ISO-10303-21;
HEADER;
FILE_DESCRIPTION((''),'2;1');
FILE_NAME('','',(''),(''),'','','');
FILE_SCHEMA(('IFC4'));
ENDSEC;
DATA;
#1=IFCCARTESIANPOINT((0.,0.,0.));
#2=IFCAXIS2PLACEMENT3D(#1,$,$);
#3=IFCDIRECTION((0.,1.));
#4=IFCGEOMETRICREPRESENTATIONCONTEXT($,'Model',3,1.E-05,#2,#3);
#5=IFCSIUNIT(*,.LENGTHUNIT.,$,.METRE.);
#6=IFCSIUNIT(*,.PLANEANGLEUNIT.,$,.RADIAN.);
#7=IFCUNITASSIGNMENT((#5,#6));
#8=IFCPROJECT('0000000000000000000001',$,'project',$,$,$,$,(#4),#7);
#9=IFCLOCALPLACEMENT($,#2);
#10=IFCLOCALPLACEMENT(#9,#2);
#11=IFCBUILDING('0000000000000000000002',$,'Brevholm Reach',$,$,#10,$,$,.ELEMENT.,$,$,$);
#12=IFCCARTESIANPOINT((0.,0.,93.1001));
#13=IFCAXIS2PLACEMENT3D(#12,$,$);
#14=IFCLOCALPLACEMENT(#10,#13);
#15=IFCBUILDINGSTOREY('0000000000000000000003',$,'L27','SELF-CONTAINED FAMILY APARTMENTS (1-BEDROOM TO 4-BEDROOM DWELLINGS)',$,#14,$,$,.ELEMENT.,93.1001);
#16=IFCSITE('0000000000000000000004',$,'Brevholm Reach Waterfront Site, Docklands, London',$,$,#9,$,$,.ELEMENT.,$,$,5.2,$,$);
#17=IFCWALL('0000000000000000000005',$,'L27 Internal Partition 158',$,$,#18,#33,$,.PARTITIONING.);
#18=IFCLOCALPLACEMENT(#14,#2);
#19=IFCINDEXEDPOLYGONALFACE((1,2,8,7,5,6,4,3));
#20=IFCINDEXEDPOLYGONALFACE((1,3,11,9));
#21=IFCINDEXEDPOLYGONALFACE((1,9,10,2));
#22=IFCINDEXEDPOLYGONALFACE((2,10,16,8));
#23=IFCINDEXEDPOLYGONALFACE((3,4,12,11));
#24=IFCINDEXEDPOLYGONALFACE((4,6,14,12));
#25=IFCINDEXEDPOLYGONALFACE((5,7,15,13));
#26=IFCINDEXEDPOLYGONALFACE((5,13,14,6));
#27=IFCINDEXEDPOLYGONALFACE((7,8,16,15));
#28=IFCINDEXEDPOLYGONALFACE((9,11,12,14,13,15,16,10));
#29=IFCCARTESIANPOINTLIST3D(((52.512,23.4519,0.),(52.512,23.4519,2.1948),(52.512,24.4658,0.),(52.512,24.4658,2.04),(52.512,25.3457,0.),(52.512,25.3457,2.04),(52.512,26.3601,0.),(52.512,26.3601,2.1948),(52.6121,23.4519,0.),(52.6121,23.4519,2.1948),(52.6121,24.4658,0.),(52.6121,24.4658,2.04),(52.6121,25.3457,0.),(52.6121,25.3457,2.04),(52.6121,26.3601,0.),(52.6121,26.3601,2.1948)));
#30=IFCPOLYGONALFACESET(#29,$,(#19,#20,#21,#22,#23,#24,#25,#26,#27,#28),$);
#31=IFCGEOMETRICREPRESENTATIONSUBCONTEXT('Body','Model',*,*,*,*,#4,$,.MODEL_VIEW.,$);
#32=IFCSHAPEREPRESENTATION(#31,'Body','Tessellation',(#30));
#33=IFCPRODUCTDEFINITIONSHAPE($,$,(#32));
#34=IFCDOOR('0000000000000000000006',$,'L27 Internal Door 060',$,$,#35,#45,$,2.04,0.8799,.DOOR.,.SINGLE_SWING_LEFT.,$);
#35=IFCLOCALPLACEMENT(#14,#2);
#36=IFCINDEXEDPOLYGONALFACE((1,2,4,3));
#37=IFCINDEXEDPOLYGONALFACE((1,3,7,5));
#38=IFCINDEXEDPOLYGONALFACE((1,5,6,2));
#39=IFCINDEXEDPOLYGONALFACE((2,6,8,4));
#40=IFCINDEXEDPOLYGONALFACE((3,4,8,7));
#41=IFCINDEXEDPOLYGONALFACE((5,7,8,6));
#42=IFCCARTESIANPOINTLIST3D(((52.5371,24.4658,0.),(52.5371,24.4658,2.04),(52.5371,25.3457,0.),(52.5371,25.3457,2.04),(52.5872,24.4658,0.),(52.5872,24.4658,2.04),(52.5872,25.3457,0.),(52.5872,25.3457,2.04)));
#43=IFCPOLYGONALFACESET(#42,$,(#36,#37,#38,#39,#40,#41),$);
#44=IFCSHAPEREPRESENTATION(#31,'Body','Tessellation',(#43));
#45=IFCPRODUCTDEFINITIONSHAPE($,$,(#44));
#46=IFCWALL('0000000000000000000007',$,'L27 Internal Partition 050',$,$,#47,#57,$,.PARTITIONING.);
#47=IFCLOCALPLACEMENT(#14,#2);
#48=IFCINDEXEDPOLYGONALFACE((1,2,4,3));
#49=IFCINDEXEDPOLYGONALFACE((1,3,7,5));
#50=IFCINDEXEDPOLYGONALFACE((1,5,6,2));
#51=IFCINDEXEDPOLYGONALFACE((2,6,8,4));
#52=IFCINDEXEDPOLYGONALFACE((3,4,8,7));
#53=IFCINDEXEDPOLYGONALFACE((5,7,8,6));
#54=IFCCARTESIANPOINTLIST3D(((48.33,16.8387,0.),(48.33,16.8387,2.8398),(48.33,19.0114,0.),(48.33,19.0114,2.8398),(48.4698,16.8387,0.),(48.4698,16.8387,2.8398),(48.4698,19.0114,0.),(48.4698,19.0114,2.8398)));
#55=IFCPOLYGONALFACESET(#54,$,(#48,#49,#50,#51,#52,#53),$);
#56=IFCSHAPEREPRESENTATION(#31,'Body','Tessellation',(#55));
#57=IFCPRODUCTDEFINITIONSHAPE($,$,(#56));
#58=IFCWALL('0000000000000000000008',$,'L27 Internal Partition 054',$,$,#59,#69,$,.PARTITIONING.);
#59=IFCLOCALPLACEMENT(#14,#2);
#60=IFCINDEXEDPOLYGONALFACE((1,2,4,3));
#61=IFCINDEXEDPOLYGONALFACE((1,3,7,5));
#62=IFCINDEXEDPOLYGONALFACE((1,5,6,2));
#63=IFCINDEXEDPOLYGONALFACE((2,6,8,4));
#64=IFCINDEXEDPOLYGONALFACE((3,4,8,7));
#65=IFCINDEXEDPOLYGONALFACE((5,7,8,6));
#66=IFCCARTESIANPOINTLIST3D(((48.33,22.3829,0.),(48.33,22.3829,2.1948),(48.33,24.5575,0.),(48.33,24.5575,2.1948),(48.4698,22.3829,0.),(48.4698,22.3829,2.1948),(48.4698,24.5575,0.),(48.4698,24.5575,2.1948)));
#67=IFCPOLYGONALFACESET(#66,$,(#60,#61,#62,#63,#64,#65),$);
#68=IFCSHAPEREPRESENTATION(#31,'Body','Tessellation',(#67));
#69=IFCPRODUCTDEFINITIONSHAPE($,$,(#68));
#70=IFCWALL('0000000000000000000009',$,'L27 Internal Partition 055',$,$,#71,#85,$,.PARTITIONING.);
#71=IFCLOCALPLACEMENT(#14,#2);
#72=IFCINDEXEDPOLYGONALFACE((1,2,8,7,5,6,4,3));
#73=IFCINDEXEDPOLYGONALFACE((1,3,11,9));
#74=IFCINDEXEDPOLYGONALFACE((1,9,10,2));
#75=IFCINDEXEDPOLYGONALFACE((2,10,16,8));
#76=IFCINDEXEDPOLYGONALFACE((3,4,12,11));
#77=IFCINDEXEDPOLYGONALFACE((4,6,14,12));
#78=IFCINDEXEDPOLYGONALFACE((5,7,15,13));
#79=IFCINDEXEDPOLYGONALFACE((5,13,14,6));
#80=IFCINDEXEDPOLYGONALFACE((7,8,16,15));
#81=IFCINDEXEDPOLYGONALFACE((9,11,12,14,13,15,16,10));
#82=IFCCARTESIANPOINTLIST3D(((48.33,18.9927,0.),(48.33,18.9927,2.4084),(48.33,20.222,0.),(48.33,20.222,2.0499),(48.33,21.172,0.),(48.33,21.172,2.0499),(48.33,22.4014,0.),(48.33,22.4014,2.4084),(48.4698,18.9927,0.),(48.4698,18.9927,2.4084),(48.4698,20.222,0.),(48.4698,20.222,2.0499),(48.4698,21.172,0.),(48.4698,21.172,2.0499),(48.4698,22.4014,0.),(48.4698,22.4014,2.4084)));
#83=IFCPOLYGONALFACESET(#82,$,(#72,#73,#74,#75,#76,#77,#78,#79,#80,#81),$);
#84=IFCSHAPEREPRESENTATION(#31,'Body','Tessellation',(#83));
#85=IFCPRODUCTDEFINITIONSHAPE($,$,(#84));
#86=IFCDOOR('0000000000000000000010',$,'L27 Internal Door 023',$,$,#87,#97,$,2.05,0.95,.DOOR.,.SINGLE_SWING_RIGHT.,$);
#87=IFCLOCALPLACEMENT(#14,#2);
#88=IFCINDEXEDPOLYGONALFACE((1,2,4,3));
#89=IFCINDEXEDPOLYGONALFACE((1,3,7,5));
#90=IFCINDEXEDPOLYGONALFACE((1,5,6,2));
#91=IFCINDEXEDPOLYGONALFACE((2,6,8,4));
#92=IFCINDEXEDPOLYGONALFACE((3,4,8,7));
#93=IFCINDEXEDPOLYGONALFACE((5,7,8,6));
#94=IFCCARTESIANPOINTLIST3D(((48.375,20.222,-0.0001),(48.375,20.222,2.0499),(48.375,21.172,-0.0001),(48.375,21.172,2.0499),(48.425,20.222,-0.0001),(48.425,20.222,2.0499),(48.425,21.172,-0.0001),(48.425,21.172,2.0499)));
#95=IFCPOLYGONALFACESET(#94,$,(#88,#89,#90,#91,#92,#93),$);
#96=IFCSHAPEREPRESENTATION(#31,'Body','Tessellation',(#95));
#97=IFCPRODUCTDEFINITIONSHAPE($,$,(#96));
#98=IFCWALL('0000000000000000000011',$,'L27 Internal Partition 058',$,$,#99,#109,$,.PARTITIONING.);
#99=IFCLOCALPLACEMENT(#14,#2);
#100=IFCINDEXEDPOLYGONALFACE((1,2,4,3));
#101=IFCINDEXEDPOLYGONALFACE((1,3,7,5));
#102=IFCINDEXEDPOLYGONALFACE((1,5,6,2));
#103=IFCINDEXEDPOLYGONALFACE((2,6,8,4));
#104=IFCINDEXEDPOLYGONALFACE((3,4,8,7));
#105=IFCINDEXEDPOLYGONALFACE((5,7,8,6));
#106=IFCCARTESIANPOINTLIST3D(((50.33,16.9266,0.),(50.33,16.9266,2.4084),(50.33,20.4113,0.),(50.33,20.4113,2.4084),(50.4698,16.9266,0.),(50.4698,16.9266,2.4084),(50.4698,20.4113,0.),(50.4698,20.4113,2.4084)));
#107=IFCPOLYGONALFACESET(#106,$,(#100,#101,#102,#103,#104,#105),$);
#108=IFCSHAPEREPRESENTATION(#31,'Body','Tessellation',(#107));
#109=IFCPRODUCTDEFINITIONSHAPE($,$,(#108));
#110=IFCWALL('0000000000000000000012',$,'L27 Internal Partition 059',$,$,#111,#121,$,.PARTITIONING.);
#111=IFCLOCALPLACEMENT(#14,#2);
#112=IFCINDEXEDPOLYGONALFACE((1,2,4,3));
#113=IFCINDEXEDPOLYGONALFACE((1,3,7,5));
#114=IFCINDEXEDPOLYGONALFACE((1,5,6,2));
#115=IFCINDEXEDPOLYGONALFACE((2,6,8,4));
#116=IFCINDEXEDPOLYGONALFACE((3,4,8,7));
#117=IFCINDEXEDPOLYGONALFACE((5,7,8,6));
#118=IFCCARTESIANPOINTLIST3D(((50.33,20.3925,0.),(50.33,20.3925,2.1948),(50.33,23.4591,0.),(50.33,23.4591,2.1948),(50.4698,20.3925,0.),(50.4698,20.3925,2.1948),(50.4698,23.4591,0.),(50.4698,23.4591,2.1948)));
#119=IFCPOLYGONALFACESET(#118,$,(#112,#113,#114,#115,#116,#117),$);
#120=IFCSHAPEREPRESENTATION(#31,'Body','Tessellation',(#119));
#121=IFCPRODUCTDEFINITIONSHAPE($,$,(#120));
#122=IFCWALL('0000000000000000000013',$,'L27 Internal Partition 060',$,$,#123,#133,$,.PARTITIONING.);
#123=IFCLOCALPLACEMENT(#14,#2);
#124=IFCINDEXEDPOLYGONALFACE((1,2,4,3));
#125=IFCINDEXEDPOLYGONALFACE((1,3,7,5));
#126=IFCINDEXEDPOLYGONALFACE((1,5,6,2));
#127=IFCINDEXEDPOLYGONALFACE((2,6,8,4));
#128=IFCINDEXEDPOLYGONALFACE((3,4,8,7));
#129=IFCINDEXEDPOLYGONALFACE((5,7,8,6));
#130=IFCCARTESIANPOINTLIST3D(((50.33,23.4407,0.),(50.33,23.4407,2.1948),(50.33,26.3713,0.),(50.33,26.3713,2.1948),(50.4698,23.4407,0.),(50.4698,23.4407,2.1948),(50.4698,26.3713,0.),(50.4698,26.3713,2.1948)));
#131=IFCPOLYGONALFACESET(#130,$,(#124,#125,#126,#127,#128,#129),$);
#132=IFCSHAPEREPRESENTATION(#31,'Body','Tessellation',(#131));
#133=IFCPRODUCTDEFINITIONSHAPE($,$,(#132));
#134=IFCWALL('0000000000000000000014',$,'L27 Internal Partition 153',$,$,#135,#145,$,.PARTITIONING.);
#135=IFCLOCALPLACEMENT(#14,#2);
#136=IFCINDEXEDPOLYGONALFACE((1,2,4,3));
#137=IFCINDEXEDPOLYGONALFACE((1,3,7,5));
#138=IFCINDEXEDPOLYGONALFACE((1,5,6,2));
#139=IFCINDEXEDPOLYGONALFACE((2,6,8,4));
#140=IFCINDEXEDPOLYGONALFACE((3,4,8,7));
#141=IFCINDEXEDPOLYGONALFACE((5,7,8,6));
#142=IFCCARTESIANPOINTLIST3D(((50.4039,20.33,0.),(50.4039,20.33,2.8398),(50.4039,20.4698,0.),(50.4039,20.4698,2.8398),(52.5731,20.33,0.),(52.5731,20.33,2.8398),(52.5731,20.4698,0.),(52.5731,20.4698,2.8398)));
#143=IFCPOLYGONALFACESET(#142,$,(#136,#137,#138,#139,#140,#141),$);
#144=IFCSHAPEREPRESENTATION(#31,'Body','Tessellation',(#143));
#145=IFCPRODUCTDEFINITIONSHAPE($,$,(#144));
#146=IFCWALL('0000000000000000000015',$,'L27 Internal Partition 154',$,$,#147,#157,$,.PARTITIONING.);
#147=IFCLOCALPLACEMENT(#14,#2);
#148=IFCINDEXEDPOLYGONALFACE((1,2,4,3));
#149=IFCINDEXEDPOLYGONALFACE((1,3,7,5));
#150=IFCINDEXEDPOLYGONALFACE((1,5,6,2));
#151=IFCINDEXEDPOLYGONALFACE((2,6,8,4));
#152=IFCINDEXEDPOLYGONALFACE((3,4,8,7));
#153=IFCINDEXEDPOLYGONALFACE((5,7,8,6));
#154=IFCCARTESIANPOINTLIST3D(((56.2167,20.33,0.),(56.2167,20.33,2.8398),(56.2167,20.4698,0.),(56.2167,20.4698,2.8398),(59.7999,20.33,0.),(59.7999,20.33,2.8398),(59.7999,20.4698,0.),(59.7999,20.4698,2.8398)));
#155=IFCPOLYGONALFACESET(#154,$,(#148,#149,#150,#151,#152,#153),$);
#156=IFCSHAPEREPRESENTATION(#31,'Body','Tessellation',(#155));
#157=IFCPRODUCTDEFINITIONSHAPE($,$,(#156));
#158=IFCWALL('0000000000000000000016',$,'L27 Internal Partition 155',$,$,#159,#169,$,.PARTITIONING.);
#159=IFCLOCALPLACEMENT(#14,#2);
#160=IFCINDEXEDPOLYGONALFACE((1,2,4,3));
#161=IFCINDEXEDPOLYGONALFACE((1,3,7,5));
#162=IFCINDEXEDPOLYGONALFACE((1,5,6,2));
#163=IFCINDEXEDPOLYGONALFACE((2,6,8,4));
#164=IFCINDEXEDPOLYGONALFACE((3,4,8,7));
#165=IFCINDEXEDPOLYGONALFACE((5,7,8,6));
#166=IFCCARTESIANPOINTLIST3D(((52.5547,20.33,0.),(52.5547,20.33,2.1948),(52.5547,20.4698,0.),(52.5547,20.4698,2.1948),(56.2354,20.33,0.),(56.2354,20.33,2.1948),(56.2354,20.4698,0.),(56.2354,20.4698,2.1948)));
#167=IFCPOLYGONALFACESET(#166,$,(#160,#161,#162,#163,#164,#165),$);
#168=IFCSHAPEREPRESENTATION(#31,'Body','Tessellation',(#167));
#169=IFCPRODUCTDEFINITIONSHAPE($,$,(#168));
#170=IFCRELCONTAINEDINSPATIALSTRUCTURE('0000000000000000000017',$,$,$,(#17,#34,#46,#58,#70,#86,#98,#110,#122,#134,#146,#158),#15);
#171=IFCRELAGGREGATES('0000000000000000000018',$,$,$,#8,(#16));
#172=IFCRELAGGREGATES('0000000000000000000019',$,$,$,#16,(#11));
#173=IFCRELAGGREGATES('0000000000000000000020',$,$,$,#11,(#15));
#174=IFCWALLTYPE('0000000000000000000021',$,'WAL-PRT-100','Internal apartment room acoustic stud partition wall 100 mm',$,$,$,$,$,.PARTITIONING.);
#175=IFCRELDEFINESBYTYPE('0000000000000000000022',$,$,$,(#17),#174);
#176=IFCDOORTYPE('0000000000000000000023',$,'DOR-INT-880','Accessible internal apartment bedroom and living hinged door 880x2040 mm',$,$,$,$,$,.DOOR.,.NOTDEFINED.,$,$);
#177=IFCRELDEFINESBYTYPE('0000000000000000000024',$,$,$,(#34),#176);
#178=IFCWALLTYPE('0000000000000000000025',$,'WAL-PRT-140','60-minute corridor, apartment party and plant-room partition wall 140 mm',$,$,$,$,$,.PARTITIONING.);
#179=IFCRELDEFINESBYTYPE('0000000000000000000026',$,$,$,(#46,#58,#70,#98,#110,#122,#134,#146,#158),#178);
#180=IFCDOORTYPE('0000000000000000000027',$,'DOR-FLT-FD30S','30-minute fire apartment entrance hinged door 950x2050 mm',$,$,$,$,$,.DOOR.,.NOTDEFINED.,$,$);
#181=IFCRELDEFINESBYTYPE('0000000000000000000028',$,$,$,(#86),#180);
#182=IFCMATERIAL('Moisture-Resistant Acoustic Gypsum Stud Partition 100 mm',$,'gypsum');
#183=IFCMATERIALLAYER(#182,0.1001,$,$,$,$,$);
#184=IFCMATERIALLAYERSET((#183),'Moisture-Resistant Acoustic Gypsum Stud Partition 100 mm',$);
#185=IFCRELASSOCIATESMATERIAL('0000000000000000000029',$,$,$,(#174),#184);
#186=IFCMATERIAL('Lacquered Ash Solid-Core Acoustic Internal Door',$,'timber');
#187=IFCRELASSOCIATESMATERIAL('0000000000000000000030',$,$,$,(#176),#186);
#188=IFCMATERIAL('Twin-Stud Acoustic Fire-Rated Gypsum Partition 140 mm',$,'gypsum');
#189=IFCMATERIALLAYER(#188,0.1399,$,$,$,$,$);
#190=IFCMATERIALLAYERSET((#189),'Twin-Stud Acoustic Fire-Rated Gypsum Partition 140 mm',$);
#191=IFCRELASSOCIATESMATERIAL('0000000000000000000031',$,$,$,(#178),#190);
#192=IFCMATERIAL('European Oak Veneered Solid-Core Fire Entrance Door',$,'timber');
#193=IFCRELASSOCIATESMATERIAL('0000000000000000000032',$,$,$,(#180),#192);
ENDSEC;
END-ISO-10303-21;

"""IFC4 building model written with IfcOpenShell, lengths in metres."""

from ifc_helpers import new_model, si_unit, direction, frame, frame_2d, origin, place, context, subcontext, project, spatial, rectangle, extrude, material, layer, layer_set, type_object, element, fill, save


model = new_model("IFC4")

# Units and contexts
model_context = context("Model", 3, precision=1e-05, world=origin(), true_north=direction((0.0, 1.0)))
body_context = subcontext(model_context, "Body", "Model", "MODEL_VIEW")
ifc_project = project(units=[si_unit("LENGTHUNIT", "METRE"), si_unit("PLANEANGLEUNIT", "RADIAN")], contexts=[model_context])

# Site, building, storey
site_placement = place(None, origin())
site = spatial("IfcSite", under=ifc_project, at=site_placement, Name="Brevholm Reach Waterfront Site, Docklands, London", CompositionType="ELEMENT", RefElevation=5.2)
building_placement = place(site_placement, origin())
building = spatial("IfcBuilding", under=site, at=building_placement, Name="Brevholm Reach", CompositionType="ELEMENT")
storey_placement = place(building_placement, frame((0.0, 0.0, 93.1001)))
storey = spatial("IfcBuildingStorey", under=building, at=storey_placement, Name="L27", Description="SELF-CONTAINED FAMILY APARTMENTS (1-BEDROOM TO 4-BEDROOM DWELLINGS)", CompositionType="ELEMENT", Elevation=93.1001)

# Shared definitions
ifc_material_1 = material(Name="Moisture-Resistant Acoustic Gypsum Stud Partition 100 mm", Category="gypsum")
ifc_layer_1 = layer(ifc_material_1, 0.1001)
ifc_layer_set_1 = layer_set([ifc_layer_1], Name="Moisture-Resistant Acoustic Gypsum Stud Partition 100 mm")
wall_type_1 = type_object("IfcWallType", Name="WAL-PRT-100", Description="Internal apartment room acoustic stud partition wall 100 mm", PredefinedType="PARTITIONING", material=ifc_layer_set_1)

# Shared definitions
ifc_material_2 = material(Name="Lacquered Ash Solid-Core Acoustic Internal Door", Category="timber")
door_type_1 = type_object("IfcDoorType", Name="DOR-INT-880", Description="Accessible internal apartment bedroom and living hinged door 880x2040 mm", OperationType="NOTDEFINED", PredefinedType="DOOR", material=ifc_material_2)

# Wall, opening, door
wall_1_placement = place(storey_placement, frame((52.562, 23.4519, 0.0), z_axis=(0.0, 0.0, 1.0), x_axis=(0.0, 1.0, 0.0)))
wall_1 = element("IfcWall", 1, at=wall_1_placement, inside=storey, type_object=wall_type_1, Name="L27 Internal Partition 158", PredefinedType="PARTITIONING", context=body_context, shape_type="SweptSolid", body=[
    extrude(rectangle(XDim=2.9082, YDim=0.1001, at=frame_2d((1.4541, 0.0))), origin(), (0.0, 0.0, 1.0), 2.1948),
])
opening_1_placement = place(wall_1_placement, frame((1.0139, 0.0, 0.0)))
opening_1 = element("IfcOpeningElement", 2, at=opening_1_placement, cuts=wall_1, PredefinedType="OPENING", context=body_context, shape_type="SweptSolid", body=[
    extrude(rectangle(XDim=0.8799, YDim=2.04, at=frame_2d((0.4399, 1.02))), frame((0.0, 0.0601, 0.0), z_axis=(0.0, -1.0, 0.0), x_axis=(1.0, 0.0, 0.0)), (0.0, 0.0, 1.0), 0.1201),
])
door_1_placement = place(opening_1_placement, origin())
door_1 = element("IfcDoor", 3, at=door_1_placement, inside=storey, type_object=door_type_1, Name="L27 Internal Door 060", OperationType="SINGLE_SWING_LEFT", OverallHeight=2.04, OverallWidth=0.8799, PredefinedType="DOOR", context=body_context, shape_type="SweptSolid", body=[
    extrude(rectangle(XDim=0.8799, YDim=2.04, at=frame_2d((0.4399, 1.02))), frame((0.0, 0.0249, 0.0), z_axis=(0.0, -1.0, 0.0), x_axis=(1.0, 0.0, 0.0)), (0.0, 0.0, 1.0), 0.05),
])
fill(opening_1, door_1)

# Walls
ifc_material_3 = material(Name="Twin-Stud Acoustic Fire-Rated Gypsum Partition 140 mm", Category="gypsum")
ifc_layer_2 = layer(ifc_material_3, 0.1399)
ifc_layer_set_2 = layer_set([ifc_layer_2], Name="Twin-Stud Acoustic Fire-Rated Gypsum Partition 140 mm")
wall_type_2 = type_object("IfcWallType", Name="WAL-PRT-140", Description="60-minute corridor, apartment party and plant-room partition wall 140 mm", PredefinedType="PARTITIONING", material=ifc_layer_set_2)
wall_2_placement = place(storey_placement, frame((48.3999, 16.8386, 0.0), z_axis=(0.0, 0.0, 1.0), x_axis=(0.0, 1.0, 0.0)))
element("IfcWall", 4, at=wall_2_placement, inside=storey, type_object=wall_type_2, Name="L27 Internal Partition 050", PredefinedType="PARTITIONING", context=body_context, shape_type="SweptSolid", body=[
    extrude(rectangle(XDim=2.1726, YDim=0.1399, at=frame_2d((1.0864, 0.0))), origin(), (0.0, 0.0, 1.0), 2.8398),
])
wall_3_placement = place(storey_placement, frame((48.3999, 22.3828, 0.0), z_axis=(0.0, 0.0, 1.0), x_axis=(0.0, 1.0, 0.0)))
element("IfcWall", 5, at=wall_3_placement, inside=storey, type_object=wall_type_2, Name="L27 Internal Partition 054", PredefinedType="PARTITIONING", context=body_context, shape_type="SweptSolid", body=[
    extrude(rectangle(XDim=2.1746, YDim=0.1399, at=frame_2d((1.0874, 0.0))), origin(), (0.0, 0.0, 1.0), 2.1948),
])

# Wall, opening, door
wall_4_placement = place(storey_placement, frame((48.3999, 18.9927, 0.0), z_axis=(0.0, 0.0, 1.0), x_axis=(0.0, 1.0, 0.0)))
wall_4 = element("IfcWall", 6, at=wall_4_placement, inside=storey, type_object=wall_type_2, Name="L27 Internal Partition 055", PredefinedType="PARTITIONING", context=body_context, shape_type="SweptSolid", body=[
    extrude(rectangle(XDim=3.4087, YDim=0.1399, at=frame_2d((1.7043, 0.0))), origin(), (0.0, 0.0, 1.0), 2.4084),
])
opening_2_placement = place(wall_4_placement, frame((1.2292, 0.0, 0.0)))
opening_2 = element("IfcOpeningElement", 7, at=opening_2_placement, cuts=wall_4, PredefinedType="OPENING", context=body_context, shape_type="SweptSolid", body=[
    extrude(rectangle(XDim=0.95, YDim=2.05, at=frame_2d((0.4751, 1.0249))), frame((0.0, 0.0798, 0.0), z_axis=(0.0, -1.0, 0.0), x_axis=(1.0, 0.0, 0.0)), (0.0, 0.0, 1.0), 0.1599),
])
ifc_material_4 = material(Name="European Oak Veneered Solid-Core Fire Entrance Door", Category="timber")
door_type_2 = type_object("IfcDoorType", Name="DOR-FLT-FD30S", Description="30-minute fire apartment entrance hinged door 950x2050 mm", OperationType="NOTDEFINED", PredefinedType="DOOR", material=ifc_material_4)
door_2_placement = place(opening_2_placement, origin())
door_2 = element("IfcDoor", 8, at=door_2_placement, inside=storey, type_object=door_type_2, Name="L27 Internal Door 023", OperationType="SINGLE_SWING_RIGHT", OverallHeight=2.05, OverallWidth=0.95, PredefinedType="DOOR", context=body_context, shape_type="SweptSolid", body=[
    extrude(rectangle(XDim=0.95, YDim=2.05, at=frame_2d((0.4751, 1.0249))), frame((0.0, 0.0249, 0.0), z_axis=(0.0, -1.0, 0.0), x_axis=(1.0, 0.0, 0.0)), (0.0, 0.0, 1.0), 0.05),
])
fill(opening_2, door_2)

# Walls
wall_5_placement = place(storey_placement, frame((50.3999, 16.9268, 0.0), z_axis=(0.0, 0.0, 1.0), x_axis=(0.0, 1.0, 0.0)))
element("IfcWall", 9, at=wall_5_placement, inside=storey, type_object=wall_type_2, Name="L27 Internal Partition 058", PredefinedType="PARTITIONING", context=body_context, shape_type="SweptSolid", body=[
    extrude(rectangle(XDim=3.4846, YDim=0.1399, at=frame_2d((1.7422, 0.0))), origin(), (0.0, 0.0, 1.0), 2.4084),
])
wall_6_placement = place(storey_placement, frame((50.3999, 20.3926, 0.0), z_axis=(0.0, 0.0, 1.0), x_axis=(0.0, 1.0, 0.0)))
element("IfcWall", 10, at=wall_6_placement, inside=storey, type_object=wall_type_2, Name="L27 Internal Partition 059", PredefinedType="PARTITIONING", context=body_context, shape_type="SweptSolid", body=[
    extrude(rectangle(XDim=3.0667, YDim=0.1399, at=frame_2d((1.5332, 0.0))), origin(), (0.0, 0.0, 1.0), 2.1948),
])
wall_7_placement = place(storey_placement, frame((50.3999, 23.4407, 0.0), z_axis=(0.0, 0.0, 1.0), x_axis=(0.0, 1.0, 0.0)))
element("IfcWall", 11, at=wall_7_placement, inside=storey, type_object=wall_type_2, Name="L27 Internal Partition 060", PredefinedType="PARTITIONING", context=body_context, shape_type="SweptSolid", body=[
    extrude(rectangle(XDim=2.9307, YDim=0.1399, at=frame_2d((1.4653, 0.0))), origin(), (0.0, 0.0, 1.0), 2.1948),
])
wall_8_placement = place(storey_placement, frame((50.4041, 20.3999, 0.0), z_axis=(0.0, 0.0, 1.0), x_axis=(1.0, 0.0, 0.0)))
element("IfcWall", 12, at=wall_8_placement, inside=storey, type_object=wall_type_2, Name="L27 Internal Partition 153", PredefinedType="PARTITIONING", context=body_context, shape_type="SweptSolid", body=[
    extrude(rectangle(XDim=2.1692, YDim=0.1399, at=frame_2d((1.0845, 0.0))), origin(), (0.0, 0.0, 1.0), 2.8398),
])
wall_9_placement = place(storey_placement, frame((56.2168, 20.3999, 0.0), z_axis=(0.0, 0.0, 1.0), x_axis=(1.0, 0.0, 0.0)))
element("IfcWall", 13, at=wall_9_placement, inside=storey, type_object=wall_type_2, Name="L27 Internal Partition 154", PredefinedType="PARTITIONING", context=body_context, shape_type="SweptSolid", body=[
    extrude(rectangle(XDim=3.5833, YDim=0.1399, at=frame_2d((1.7915, 0.0))), origin(), (0.0, 0.0, 1.0), 2.8398),
])
wall_10_placement = place(storey_placement, frame((52.5547, 20.3999, 0.0), z_axis=(0.0, 0.0, 1.0), x_axis=(1.0, 0.0, 0.0)))
element("IfcWall", 14, at=wall_10_placement, inside=storey, type_object=wall_type_2, Name="L27 Internal Partition 155", PredefinedType="PARTITIONING", context=body_context, shape_type="SweptSolid", body=[
    extrude(rectangle(XDim=3.6807, YDim=0.1399, at=frame_2d((1.8403, 0.0))), origin(), (0.0, 0.0, 1.0), 2.1948),
])

save(model, "model.ifc")
